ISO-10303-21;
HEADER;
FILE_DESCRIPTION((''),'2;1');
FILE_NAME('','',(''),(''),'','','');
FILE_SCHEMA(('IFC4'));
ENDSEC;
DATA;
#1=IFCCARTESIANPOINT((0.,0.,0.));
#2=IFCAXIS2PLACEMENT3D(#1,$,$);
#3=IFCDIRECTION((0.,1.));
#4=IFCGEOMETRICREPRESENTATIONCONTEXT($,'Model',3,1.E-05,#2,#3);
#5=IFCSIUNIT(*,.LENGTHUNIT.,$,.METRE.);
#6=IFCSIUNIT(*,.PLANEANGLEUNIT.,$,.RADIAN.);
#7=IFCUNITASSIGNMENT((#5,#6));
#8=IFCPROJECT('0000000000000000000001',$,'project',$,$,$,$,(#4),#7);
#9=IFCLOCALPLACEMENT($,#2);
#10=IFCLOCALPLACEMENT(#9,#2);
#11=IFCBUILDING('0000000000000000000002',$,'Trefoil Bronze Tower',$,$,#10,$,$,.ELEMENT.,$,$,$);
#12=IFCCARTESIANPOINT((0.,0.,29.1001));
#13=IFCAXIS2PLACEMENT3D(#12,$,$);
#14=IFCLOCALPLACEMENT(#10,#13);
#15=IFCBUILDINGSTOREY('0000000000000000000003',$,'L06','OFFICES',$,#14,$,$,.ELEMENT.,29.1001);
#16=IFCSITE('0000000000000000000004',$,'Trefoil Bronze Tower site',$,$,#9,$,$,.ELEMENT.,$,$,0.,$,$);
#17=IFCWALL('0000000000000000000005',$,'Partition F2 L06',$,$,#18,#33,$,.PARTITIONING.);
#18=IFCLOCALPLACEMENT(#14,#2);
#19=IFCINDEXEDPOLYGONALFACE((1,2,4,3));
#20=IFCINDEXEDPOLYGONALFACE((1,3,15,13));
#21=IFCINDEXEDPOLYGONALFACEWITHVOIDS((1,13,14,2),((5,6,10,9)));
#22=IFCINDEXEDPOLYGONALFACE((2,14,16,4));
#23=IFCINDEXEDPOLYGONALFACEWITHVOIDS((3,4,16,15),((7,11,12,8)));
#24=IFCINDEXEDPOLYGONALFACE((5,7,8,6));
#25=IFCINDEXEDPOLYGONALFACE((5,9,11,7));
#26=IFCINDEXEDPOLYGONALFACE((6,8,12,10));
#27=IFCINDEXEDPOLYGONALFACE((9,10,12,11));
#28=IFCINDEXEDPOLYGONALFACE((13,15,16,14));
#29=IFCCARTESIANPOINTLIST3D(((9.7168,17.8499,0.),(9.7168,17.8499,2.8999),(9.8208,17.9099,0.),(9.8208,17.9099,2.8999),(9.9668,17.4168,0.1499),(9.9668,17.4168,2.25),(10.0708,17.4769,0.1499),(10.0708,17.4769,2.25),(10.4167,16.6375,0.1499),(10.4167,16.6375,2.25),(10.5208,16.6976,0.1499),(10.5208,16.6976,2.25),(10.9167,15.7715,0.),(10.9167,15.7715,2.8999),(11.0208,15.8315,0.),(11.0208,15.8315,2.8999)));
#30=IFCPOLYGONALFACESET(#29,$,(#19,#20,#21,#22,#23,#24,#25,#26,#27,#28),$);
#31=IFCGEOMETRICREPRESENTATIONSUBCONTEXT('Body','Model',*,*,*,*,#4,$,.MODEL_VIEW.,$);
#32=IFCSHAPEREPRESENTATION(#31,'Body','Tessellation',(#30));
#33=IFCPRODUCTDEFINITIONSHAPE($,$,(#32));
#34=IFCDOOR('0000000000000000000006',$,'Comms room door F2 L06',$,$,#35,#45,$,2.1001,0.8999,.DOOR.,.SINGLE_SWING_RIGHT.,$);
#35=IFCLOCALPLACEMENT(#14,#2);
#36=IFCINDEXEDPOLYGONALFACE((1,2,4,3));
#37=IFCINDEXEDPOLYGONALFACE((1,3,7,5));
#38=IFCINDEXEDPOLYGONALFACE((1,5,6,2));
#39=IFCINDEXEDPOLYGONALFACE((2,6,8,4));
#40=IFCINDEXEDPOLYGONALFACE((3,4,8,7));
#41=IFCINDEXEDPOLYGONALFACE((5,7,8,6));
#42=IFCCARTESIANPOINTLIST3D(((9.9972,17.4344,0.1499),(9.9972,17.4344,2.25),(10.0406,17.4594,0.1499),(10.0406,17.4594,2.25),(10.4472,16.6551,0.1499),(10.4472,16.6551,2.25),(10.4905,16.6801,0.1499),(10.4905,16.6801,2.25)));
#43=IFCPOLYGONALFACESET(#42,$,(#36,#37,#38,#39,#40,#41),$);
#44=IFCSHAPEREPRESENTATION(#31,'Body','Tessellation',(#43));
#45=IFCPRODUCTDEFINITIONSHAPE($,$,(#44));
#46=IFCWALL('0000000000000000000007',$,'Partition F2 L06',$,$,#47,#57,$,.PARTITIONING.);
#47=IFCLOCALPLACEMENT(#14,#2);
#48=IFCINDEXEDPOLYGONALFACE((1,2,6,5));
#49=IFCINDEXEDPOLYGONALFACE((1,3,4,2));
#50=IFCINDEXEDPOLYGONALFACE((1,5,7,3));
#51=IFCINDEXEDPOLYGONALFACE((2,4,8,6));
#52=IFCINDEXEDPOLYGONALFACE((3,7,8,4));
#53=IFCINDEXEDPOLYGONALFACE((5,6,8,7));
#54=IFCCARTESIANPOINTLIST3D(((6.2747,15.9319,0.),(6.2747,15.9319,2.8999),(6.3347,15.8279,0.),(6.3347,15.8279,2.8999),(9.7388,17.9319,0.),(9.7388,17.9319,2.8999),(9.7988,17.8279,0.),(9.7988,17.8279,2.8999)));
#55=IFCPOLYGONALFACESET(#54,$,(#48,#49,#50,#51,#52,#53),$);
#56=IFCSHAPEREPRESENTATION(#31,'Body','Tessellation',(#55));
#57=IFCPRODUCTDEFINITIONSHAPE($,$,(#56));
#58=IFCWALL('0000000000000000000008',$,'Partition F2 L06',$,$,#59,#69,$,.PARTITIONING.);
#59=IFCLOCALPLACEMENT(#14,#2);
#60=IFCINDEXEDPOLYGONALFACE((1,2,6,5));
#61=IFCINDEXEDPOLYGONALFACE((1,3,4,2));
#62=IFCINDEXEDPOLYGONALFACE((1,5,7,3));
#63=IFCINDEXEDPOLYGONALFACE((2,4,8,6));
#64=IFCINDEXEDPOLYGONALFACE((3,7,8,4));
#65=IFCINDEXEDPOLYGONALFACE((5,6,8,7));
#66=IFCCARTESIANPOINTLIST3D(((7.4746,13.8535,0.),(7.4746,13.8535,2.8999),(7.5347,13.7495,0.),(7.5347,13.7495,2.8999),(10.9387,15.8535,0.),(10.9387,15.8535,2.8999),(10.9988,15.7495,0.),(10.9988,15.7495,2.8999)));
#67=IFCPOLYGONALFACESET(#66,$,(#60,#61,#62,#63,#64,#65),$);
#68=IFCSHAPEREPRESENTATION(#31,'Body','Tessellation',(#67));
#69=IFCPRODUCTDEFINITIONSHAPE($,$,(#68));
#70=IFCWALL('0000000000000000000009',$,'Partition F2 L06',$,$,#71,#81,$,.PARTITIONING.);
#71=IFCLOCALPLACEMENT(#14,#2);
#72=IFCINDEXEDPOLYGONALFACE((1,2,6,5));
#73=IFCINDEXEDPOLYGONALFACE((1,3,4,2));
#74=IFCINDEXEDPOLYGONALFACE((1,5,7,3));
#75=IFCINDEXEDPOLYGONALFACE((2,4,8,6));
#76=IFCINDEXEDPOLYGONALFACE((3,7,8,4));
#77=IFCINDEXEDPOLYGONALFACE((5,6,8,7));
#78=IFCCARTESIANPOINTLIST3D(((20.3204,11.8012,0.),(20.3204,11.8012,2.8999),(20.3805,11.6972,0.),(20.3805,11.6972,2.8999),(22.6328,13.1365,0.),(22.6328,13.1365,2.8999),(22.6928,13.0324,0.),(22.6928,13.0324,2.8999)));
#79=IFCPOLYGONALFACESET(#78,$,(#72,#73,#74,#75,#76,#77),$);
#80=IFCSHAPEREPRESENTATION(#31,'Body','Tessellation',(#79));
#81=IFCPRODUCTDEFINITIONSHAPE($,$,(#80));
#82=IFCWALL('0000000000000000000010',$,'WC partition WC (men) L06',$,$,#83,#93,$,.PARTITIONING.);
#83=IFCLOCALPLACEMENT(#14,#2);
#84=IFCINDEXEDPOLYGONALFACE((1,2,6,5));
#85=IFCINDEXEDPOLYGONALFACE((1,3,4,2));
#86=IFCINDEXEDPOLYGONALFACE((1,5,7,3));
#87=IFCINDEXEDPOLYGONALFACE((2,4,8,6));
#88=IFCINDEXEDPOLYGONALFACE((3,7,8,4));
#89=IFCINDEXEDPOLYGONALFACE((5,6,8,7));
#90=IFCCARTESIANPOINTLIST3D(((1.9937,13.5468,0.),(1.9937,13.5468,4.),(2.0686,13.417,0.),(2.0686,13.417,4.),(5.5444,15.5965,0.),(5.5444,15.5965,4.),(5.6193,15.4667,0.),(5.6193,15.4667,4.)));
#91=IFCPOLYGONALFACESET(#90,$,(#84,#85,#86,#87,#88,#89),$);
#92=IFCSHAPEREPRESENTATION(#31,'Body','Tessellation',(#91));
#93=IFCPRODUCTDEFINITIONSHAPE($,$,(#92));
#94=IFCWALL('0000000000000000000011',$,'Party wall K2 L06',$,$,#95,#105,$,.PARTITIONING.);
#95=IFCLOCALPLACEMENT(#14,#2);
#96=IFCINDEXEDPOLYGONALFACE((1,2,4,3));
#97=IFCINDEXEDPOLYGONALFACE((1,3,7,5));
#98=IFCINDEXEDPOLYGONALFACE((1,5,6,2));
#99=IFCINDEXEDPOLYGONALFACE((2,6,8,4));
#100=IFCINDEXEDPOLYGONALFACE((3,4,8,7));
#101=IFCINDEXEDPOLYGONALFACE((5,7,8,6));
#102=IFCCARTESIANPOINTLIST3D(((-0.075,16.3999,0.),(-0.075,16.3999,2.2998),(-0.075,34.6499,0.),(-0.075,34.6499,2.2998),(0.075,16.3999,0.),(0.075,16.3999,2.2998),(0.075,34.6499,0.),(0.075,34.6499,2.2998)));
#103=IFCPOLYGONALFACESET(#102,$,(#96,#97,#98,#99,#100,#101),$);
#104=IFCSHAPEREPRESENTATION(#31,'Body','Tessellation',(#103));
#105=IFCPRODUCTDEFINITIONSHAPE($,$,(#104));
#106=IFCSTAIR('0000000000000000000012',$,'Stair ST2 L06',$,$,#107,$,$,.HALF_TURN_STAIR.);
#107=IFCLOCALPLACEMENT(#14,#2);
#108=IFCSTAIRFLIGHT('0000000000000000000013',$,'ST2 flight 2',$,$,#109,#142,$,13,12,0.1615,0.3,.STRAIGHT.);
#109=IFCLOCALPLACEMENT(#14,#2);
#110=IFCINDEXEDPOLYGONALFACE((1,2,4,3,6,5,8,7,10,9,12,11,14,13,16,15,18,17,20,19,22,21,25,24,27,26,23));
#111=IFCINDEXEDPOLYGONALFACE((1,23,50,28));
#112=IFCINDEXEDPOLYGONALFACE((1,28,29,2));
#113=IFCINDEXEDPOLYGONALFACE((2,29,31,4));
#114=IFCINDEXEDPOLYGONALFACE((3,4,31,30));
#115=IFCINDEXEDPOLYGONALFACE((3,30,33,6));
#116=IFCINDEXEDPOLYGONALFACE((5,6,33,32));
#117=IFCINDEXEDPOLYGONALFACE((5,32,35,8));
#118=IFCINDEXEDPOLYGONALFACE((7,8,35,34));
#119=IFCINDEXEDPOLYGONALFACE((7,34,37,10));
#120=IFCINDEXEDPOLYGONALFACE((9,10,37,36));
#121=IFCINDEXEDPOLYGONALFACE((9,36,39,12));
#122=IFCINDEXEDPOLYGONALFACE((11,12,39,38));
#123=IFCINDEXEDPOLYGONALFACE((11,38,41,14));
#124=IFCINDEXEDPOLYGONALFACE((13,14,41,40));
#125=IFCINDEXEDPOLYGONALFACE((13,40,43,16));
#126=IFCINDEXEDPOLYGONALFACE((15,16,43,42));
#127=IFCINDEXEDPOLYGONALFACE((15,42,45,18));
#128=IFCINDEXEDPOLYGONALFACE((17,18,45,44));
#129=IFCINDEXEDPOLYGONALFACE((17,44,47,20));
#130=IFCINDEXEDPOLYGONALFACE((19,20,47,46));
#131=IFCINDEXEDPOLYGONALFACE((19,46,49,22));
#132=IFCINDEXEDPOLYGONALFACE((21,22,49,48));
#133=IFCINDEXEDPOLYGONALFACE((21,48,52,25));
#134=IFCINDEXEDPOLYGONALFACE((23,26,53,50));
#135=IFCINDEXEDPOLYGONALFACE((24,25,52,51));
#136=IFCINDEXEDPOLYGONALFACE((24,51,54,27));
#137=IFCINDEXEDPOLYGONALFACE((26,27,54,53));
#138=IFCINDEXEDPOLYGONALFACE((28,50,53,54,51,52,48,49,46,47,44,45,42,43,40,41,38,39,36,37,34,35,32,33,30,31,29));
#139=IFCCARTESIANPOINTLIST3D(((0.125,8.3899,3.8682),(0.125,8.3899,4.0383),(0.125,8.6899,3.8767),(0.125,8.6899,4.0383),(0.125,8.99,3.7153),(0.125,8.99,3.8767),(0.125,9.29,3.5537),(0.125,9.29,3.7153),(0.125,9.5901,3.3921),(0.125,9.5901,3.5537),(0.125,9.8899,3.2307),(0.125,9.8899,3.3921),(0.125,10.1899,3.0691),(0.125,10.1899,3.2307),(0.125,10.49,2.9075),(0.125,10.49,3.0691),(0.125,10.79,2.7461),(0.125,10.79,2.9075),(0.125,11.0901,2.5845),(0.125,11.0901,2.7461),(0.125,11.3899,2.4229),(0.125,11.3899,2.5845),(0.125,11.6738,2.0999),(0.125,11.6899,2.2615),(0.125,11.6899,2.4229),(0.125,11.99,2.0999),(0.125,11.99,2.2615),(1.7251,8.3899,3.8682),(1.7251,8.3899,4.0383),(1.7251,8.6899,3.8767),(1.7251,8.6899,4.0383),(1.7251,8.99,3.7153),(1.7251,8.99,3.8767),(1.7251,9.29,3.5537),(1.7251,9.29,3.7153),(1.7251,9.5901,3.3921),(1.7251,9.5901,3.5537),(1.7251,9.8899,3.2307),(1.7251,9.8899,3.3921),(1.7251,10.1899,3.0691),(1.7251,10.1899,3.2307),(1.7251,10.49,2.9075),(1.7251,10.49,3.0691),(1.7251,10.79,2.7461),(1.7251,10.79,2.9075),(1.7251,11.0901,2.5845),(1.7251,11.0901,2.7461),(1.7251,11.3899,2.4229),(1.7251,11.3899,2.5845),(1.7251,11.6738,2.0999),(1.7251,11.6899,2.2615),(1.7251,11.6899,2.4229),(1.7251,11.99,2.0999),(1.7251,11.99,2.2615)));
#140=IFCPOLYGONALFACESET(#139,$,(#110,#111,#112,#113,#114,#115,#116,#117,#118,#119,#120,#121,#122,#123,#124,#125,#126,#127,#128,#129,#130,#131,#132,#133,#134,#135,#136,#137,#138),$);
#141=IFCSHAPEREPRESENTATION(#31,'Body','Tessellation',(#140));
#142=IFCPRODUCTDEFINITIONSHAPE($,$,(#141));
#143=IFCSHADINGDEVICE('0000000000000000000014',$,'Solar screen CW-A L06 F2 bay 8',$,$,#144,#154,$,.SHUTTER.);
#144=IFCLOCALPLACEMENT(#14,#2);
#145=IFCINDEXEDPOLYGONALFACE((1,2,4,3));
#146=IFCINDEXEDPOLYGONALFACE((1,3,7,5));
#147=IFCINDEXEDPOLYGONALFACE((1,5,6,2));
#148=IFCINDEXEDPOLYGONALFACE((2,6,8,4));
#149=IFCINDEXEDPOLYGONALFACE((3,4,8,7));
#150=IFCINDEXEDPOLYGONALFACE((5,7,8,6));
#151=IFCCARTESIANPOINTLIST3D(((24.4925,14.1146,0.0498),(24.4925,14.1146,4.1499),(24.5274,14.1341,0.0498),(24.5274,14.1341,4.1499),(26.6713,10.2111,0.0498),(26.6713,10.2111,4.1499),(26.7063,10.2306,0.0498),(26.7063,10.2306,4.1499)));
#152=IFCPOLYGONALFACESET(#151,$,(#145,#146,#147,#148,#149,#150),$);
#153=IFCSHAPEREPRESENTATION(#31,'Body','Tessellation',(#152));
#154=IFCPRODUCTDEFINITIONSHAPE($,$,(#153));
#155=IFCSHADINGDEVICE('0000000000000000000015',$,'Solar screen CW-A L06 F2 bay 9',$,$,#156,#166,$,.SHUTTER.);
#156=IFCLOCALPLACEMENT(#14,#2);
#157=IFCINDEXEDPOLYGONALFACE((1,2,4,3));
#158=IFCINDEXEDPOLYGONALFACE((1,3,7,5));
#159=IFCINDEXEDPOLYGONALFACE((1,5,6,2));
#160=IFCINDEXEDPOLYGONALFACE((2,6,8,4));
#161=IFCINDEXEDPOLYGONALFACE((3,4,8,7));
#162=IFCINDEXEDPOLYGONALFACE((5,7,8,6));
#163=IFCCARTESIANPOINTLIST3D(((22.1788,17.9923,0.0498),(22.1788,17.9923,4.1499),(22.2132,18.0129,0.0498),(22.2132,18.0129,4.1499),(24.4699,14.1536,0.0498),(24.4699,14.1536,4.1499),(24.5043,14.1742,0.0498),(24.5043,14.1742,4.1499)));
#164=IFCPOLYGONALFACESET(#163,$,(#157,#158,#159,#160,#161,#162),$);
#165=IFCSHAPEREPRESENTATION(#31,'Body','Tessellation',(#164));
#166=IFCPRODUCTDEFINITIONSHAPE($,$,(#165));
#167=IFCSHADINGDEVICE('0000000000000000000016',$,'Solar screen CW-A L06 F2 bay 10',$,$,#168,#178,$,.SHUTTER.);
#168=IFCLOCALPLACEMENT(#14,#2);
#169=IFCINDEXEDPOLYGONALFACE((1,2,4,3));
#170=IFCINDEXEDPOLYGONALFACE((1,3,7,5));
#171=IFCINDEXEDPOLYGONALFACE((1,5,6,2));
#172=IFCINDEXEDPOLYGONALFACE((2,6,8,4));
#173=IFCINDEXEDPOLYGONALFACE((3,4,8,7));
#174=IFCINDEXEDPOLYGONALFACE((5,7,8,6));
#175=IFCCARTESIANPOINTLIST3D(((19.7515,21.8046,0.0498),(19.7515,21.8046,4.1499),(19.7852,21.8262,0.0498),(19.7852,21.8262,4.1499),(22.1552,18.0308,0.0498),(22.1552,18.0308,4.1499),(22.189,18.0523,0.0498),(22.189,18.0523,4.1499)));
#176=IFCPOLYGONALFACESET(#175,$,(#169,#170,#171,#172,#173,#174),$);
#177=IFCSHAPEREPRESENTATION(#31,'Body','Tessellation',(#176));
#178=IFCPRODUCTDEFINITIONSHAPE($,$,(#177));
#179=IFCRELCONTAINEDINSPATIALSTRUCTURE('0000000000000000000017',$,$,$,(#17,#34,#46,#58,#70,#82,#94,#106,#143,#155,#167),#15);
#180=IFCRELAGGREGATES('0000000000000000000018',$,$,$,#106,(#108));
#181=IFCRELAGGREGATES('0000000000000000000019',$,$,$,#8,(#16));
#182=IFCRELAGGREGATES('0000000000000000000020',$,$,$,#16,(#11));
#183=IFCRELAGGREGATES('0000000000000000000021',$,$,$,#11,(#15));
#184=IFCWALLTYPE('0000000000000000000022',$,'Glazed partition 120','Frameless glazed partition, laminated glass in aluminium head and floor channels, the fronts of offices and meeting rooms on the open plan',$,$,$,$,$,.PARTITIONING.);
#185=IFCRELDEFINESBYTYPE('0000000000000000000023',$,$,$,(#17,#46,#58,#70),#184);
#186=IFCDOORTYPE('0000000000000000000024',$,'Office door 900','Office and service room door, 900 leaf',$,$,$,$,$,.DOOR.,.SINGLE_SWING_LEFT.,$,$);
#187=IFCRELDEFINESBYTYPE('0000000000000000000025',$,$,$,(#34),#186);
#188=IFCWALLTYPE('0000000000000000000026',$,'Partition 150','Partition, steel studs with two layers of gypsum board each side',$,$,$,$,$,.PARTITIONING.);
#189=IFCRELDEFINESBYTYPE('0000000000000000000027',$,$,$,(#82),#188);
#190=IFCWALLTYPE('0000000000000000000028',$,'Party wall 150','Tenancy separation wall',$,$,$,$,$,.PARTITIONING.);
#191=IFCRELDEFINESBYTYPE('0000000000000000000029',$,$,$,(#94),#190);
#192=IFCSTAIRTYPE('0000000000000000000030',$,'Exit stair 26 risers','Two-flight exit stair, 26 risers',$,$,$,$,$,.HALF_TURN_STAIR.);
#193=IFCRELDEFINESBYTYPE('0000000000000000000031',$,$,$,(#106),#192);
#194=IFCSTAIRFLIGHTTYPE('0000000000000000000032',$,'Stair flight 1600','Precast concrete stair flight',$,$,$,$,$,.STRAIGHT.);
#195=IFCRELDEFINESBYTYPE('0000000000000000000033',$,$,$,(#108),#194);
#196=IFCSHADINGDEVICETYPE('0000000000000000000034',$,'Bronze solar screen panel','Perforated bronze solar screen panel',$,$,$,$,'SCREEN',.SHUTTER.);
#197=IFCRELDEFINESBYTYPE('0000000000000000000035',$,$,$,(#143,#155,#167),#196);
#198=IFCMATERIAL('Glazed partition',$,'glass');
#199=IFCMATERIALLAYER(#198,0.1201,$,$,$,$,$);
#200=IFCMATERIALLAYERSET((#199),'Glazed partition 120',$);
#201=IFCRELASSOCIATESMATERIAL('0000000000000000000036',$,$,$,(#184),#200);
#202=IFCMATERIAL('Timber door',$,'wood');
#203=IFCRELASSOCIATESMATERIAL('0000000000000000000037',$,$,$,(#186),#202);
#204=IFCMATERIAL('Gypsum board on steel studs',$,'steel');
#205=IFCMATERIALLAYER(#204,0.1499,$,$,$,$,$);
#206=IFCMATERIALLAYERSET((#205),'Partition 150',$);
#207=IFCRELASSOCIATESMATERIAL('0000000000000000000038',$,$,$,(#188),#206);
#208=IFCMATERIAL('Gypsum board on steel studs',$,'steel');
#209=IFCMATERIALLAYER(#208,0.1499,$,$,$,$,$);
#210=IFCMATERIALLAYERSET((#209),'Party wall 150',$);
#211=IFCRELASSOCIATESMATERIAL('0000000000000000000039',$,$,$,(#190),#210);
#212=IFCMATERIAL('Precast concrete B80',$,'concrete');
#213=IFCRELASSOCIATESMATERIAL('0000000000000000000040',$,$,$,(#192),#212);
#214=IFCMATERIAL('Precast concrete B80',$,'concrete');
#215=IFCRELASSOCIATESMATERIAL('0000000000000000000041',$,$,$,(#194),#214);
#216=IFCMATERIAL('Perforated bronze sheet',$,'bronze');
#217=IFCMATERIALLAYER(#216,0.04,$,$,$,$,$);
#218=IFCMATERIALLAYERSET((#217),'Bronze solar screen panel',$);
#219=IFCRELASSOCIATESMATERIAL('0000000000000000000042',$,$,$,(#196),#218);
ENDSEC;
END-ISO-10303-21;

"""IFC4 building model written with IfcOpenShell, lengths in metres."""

from ifc_helpers import new_model, si_unit, direction, frame, frame_2d, origin, origin_2d, place, context, subcontext, project, spatial, polyline, rectangle, outline, extrude, material, layer, layer_set, type_object, element, fill, aggregate, save


model = new_model("IFC4")

# Units and contexts
model_context = context("Model", 3, precision=1e-05, world=origin(), true_north=direction((0.0, 1.0)))
body_context = subcontext(model_context, "Body", "Model", "MODEL_VIEW")
ifc_project = project(units=[si_unit("LENGTHUNIT", "METRE"), si_unit("PLANEANGLEUNIT", "RADIAN")], contexts=[model_context])

# Site, building, storey
site_placement = place(None, origin())
site = spatial("IfcSite", under=ifc_project, at=site_placement, Name="Trefoil Bronze Tower site", CompositionType="ELEMENT", RefElevation=0.0)
building_placement = place(site_placement, origin())
building = spatial("IfcBuilding", under=site, at=building_placement, Name="Trefoil Bronze Tower", CompositionType="ELEMENT")
storey_placement = place(building_placement, frame((0.0, 0.0, 29.1001)))
storey = spatial("IfcBuildingStorey", under=building, at=storey_placement, Name="L06", Description="OFFICES", CompositionType="ELEMENT", Elevation=29.1001)

# Wall, opening, door
ifc_material_1 = material(Name="Glazed partition", Category="glass")
ifc_layer_1 = layer(ifc_material_1, 0.1201)
ifc_layer_set_1 = layer_set([ifc_layer_1], Name="Glazed partition 120")
wall_type_1 = type_object("IfcWallType", Name="Glazed partition 120", Description="Frameless glazed partition, laminated glass in aluminium head and floor channels, the fronts of offices and meeting rooms on the open plan", PredefinedType="PARTITIONING", material=ifc_layer_set_1)
wall_1_placement = place(storey_placement, frame((10.9688, 15.8015, 0.0), z_axis=(0.0, 0.0, 1.0), x_axis=(-0.500001, 0.866025, 0.0)))
wall_1 = element("IfcWall", 1, at=wall_1_placement, inside=storey, type_object=wall_type_1, Name="Partition F2 L06", PredefinedType="PARTITIONING", context=body_context, shape_type="SweptSolid", body=[
    extrude(rectangle(XDim=2.3999, YDim=0.1201, at=frame_2d((1.2, 0.0))), origin(), (0.0, 0.0, 1.0), 2.8999),
])
opening_placement = place(wall_1_placement, frame((1.0, 0.0, 0.1499)))
opening = element("IfcOpeningElement", 2, at=opening_placement, cuts=wall_1, PredefinedType="OPENING", context=body_context, shape_type="SweptSolid", body=[
    extrude(rectangle(XDim=0.8999, YDim=2.1001, at=frame_2d((0.45, 1.05))), frame((0.0, 0.0701, 0.0), z_axis=(0.0, -1.0, 0.0), x_axis=(1.0, 0.0, 0.0)), (0.0, 0.0, 1.0), 0.1401),
])
ifc_material_2 = material(Name="Timber door", Category="wood")
door_type = type_object("IfcDoorType", Name="Office door 900", Description="Office and service room door, 900 leaf", OperationType="SINGLE_SWING_LEFT", PredefinedType="DOOR", material=ifc_material_2)
door_placement = place(opening_placement, origin())
door = element("IfcDoor", 3, at=door_placement, inside=storey, type_object=door_type, Name="Comms room door F2 L06", OperationType="SINGLE_SWING_RIGHT", OverallHeight=2.1001, OverallWidth=0.8999, PredefinedType="DOOR", context=body_context, shape_type="SweptSolid", body=[
    extrude(rectangle(XDim=0.8999, YDim=2.1001, at=frame_2d((0.45, 1.05))), frame((0.0, 0.0249, 0.0), z_axis=(0.0, -1.0, 0.0), x_axis=(1.0, 0.0, 0.0)), (0.0, 0.0, 1.0), 0.05),
])
fill(opening, door)

# Walls
for number, where, z_axis, x_axis, name in (
    (4, (6.3047, 15.8799, 0.0), (0.0, 0.0, 1.0), (0.866026, 0.499999, 0.0), "Partition F2 L06"),
    (5, (7.5046, 13.8015, 0.0), (0.0, 0.0, 1.0), (0.866026, 0.499999, 0.0), "Partition F2 L06"),
):
    element("IfcWall", number, at=place(storey_placement, frame(where, z_axis=z_axis, x_axis=x_axis)), inside=storey, type_object=wall_type_1, Name=name, PredefinedType="PARTITIONING", context=body_context, shape_type="SweptSolid", body=[
        extrude(rectangle(XDim=4.0, YDim=0.1201, at=frame_2d((2.0, 0.0))), origin(), (0.0, 0.0, 1.0), 2.8999),
    ])
wall_2_placement = place(storey_placement, frame((20.3506, 11.7493, 0.0), z_axis=(0.0, 0.0, 1.0), x_axis=(0.865989, 0.500063, 0.0)))
element("IfcWall", 6, at=wall_2_placement, inside=storey, type_object=wall_type_1, Name="Partition F2 L06", PredefinedType="PARTITIONING", context=body_context, shape_type="SweptSolid", body=[
    extrude(rectangle(XDim=2.6702, YDim=0.1201, at=frame_2d((1.335, 0.0))), origin(), (0.0, 0.0, 1.0), 2.8999),
])
ifc_material_3 = material(Name="Gypsum board on steel studs", Category="steel")
ifc_layer_2 = layer(ifc_material_3, 0.1499)
ifc_layer_set_2 = layer_set([ifc_layer_2], Name="Partition 150")
wall_type_2 = type_object("IfcWallType", Name="Partition 150", Description="Partition, steel studs with two layers of gypsum board each side", PredefinedType="PARTITIONING", material=ifc_layer_set_2)
wall_3_placement = place(storey_placement, frame((2.0312, 13.4819, 0.0), z_axis=(0.0, 0.0, 1.0), x_axis=(0.866051, 0.499956, 0.0)))
element("IfcWall", 7, at=wall_3_placement, inside=storey, type_object=wall_type_2, Name="WC partition WC (men) L06", PredefinedType="PARTITIONING", context=body_context, shape_type="SweptSolid", body=[
    extrude(rectangle(XDim=4.0999, YDim=0.1499, at=frame_2d((2.0498, 0.0))), origin(), (0.0, 0.0, 1.0), 4.0),
])
ifc_material_4 = material(Name="Gypsum board on steel studs", Category="steel")
ifc_layer_3 = layer(ifc_material_4, 0.1499)
ifc_layer_set_3 = layer_set([ifc_layer_3], Name="Party wall 150")
wall_type_3 = type_object("IfcWallType", Name="Party wall 150", Description="Tenancy separation wall", PredefinedType="PARTITIONING", material=ifc_layer_set_3)
wall_4_placement = place(storey_placement, frame((0.0, 16.3999, 0.0), z_axis=(0.0, 0.0, 1.0), x_axis=(0.0, 1.0, 0.0)))
element("IfcWall", 8, at=wall_4_placement, inside=storey, type_object=wall_type_3, Name="Party wall K2 L06", PredefinedType="PARTITIONING", context=body_context, shape_type="SweptSolid", body=[
    extrude(rectangle(XDim=18.25, YDim=0.1499, at=frame_2d((9.125, 0.0))), origin(), (0.0, 0.0, 1.0), 2.2998),
])

# Stair, stair flight
ifc_material_5 = material(Name="Precast concrete B80", Category="concrete")
stair_type = type_object("IfcStairType", Name="Exit stair 26 risers", Description="Two-flight exit stair, 26 risers", PredefinedType="HALF_TURN_STAIR", material=ifc_material_5)
stair_placement = place(storey_placement, origin())
stair = element("IfcStair", 9, at=stair_placement, inside=storey, type_object=stair_type, Name="Stair ST2 L06", PredefinedType="HALF_TURN_STAIR")
ifc_material_6 = material(Name="Precast concrete B80", Category="concrete")
stair_flight_type = type_object("IfcStairFlightType", Name="Stair flight 1600", Description="Precast concrete stair flight", PredefinedType="STRAIGHT", material=ifc_material_6)
stair_flight_placement = place(storey_placement, frame((0.925, 11.99, 2.0999), z_axis=(0.0, 0.0, 1.0), x_axis=(0.0, -1.0, 0.0)))
stair_flight = element("IfcStairFlight", 10, at=stair_flight_placement, type_object=stair_flight_type, Name="ST2 flight 2", NumberOfRisers=13, NumberOfTreads=12, PredefinedType="STRAIGHT", RiserHeight=0.1615, TreadLength=0.3, context=body_context, shape_type="SweptSolid", body=[
    extrude(outline(polyline([(0.0, 0.0), (0.0, 0.1616), (0.3, 0.1616), (0.3, 0.323), (0.6001, 0.323), (0.6001, 0.4846), (0.8999, 0.4846), (0.8999, 0.6462), (1.2, 0.6462), (1.2, 0.8076), (1.5, 0.8076), (1.5, 0.9692), (1.8, 0.9692), (1.8, 1.1309), (2.1001, 1.1309), (2.1001, 1.2922), (2.3999, 1.2922), (2.3999, 1.4539), (2.7, 1.4539), (2.7, 1.6155), (3.0, 1.6155), (3.0, 1.7769), (3.3, 1.7769), (3.3, 1.9385), (3.6001, 1.9385), (3.6001, 2.1001), (3.6001, 1.7683), (0.3162, 0.0), (0.0, 0.0)])), frame((0.0, 0.8, 0.0), z_axis=(0.0, -1.0, 0.0), x_axis=(1.0, 0.0, 0.0)), (0.0, 0.0, 1.0), 1.6001),
])
aggregate(stair, [stair_flight])

# Shading devices
ifc_material_7 = material(Name="Perforated bronze sheet", Category="bronze")
ifc_layer_4 = layer(ifc_material_7, 0.04)
ifc_layer_set_4 = layer_set([ifc_layer_4], Name="Bronze solar screen panel")
shading_device_type = type_object("IfcShadingDeviceType", Name="Bronze solar screen panel", Description="Perforated bronze solar screen panel", ElementType="SCREEN", PredefinedType="SHUTTER", material=ifc_layer_set_4)
for number, where, z_axis, x_axis, name in (
    (11, (25.5994, 12.1726, 0.0498), (0.0, 0.0, 1.0), (-0.487382, 0.873189, 0.0), "Solar screen CW-A L06 F2 bay 8"),
    (12, (23.3416, 16.0833, 0.0498), (0.0, 0.0, 1.0), (-0.512513, 0.85868, 0.0), "Solar screen CW-A L06 F2 bay 9"),
):
    element("IfcShadingDevice", number, at=place(storey_placement, frame(where, z_axis=z_axis, x_axis=x_axis)), inside=storey, type_object=shading_device_type, Name=name, PredefinedType="SHUTTER", context=body_context, shape_type="SweptSolid", body=[
        extrude(rectangle(XDim=4.4705, YDim=0.04, at=origin_2d()), origin(), (0.0, 0.0, 1.0), 4.1001),
    ])
shading_device_1_placement = place(storey_placement, frame((20.9702, 19.9285, 0.0498), z_axis=(0.0, 0.0, 1.0), x_axis=(-0.537222, 0.843441, 0.0)))
element("IfcShadingDevice", 13, at=shading_device_1_placement, inside=storey, type_object=shading_device_type, Name="Solar screen CW-A L06 F2 bay 10", PredefinedType="SHUTTER", context=body_context, shape_type="SweptSolid", body=[
    extrude(rectangle(XDim=4.4744, YDim=0.04, at=origin_2d()), origin(), (0.0, 0.0, 1.0), 4.1001),
])

save(model, "model.ifc")
